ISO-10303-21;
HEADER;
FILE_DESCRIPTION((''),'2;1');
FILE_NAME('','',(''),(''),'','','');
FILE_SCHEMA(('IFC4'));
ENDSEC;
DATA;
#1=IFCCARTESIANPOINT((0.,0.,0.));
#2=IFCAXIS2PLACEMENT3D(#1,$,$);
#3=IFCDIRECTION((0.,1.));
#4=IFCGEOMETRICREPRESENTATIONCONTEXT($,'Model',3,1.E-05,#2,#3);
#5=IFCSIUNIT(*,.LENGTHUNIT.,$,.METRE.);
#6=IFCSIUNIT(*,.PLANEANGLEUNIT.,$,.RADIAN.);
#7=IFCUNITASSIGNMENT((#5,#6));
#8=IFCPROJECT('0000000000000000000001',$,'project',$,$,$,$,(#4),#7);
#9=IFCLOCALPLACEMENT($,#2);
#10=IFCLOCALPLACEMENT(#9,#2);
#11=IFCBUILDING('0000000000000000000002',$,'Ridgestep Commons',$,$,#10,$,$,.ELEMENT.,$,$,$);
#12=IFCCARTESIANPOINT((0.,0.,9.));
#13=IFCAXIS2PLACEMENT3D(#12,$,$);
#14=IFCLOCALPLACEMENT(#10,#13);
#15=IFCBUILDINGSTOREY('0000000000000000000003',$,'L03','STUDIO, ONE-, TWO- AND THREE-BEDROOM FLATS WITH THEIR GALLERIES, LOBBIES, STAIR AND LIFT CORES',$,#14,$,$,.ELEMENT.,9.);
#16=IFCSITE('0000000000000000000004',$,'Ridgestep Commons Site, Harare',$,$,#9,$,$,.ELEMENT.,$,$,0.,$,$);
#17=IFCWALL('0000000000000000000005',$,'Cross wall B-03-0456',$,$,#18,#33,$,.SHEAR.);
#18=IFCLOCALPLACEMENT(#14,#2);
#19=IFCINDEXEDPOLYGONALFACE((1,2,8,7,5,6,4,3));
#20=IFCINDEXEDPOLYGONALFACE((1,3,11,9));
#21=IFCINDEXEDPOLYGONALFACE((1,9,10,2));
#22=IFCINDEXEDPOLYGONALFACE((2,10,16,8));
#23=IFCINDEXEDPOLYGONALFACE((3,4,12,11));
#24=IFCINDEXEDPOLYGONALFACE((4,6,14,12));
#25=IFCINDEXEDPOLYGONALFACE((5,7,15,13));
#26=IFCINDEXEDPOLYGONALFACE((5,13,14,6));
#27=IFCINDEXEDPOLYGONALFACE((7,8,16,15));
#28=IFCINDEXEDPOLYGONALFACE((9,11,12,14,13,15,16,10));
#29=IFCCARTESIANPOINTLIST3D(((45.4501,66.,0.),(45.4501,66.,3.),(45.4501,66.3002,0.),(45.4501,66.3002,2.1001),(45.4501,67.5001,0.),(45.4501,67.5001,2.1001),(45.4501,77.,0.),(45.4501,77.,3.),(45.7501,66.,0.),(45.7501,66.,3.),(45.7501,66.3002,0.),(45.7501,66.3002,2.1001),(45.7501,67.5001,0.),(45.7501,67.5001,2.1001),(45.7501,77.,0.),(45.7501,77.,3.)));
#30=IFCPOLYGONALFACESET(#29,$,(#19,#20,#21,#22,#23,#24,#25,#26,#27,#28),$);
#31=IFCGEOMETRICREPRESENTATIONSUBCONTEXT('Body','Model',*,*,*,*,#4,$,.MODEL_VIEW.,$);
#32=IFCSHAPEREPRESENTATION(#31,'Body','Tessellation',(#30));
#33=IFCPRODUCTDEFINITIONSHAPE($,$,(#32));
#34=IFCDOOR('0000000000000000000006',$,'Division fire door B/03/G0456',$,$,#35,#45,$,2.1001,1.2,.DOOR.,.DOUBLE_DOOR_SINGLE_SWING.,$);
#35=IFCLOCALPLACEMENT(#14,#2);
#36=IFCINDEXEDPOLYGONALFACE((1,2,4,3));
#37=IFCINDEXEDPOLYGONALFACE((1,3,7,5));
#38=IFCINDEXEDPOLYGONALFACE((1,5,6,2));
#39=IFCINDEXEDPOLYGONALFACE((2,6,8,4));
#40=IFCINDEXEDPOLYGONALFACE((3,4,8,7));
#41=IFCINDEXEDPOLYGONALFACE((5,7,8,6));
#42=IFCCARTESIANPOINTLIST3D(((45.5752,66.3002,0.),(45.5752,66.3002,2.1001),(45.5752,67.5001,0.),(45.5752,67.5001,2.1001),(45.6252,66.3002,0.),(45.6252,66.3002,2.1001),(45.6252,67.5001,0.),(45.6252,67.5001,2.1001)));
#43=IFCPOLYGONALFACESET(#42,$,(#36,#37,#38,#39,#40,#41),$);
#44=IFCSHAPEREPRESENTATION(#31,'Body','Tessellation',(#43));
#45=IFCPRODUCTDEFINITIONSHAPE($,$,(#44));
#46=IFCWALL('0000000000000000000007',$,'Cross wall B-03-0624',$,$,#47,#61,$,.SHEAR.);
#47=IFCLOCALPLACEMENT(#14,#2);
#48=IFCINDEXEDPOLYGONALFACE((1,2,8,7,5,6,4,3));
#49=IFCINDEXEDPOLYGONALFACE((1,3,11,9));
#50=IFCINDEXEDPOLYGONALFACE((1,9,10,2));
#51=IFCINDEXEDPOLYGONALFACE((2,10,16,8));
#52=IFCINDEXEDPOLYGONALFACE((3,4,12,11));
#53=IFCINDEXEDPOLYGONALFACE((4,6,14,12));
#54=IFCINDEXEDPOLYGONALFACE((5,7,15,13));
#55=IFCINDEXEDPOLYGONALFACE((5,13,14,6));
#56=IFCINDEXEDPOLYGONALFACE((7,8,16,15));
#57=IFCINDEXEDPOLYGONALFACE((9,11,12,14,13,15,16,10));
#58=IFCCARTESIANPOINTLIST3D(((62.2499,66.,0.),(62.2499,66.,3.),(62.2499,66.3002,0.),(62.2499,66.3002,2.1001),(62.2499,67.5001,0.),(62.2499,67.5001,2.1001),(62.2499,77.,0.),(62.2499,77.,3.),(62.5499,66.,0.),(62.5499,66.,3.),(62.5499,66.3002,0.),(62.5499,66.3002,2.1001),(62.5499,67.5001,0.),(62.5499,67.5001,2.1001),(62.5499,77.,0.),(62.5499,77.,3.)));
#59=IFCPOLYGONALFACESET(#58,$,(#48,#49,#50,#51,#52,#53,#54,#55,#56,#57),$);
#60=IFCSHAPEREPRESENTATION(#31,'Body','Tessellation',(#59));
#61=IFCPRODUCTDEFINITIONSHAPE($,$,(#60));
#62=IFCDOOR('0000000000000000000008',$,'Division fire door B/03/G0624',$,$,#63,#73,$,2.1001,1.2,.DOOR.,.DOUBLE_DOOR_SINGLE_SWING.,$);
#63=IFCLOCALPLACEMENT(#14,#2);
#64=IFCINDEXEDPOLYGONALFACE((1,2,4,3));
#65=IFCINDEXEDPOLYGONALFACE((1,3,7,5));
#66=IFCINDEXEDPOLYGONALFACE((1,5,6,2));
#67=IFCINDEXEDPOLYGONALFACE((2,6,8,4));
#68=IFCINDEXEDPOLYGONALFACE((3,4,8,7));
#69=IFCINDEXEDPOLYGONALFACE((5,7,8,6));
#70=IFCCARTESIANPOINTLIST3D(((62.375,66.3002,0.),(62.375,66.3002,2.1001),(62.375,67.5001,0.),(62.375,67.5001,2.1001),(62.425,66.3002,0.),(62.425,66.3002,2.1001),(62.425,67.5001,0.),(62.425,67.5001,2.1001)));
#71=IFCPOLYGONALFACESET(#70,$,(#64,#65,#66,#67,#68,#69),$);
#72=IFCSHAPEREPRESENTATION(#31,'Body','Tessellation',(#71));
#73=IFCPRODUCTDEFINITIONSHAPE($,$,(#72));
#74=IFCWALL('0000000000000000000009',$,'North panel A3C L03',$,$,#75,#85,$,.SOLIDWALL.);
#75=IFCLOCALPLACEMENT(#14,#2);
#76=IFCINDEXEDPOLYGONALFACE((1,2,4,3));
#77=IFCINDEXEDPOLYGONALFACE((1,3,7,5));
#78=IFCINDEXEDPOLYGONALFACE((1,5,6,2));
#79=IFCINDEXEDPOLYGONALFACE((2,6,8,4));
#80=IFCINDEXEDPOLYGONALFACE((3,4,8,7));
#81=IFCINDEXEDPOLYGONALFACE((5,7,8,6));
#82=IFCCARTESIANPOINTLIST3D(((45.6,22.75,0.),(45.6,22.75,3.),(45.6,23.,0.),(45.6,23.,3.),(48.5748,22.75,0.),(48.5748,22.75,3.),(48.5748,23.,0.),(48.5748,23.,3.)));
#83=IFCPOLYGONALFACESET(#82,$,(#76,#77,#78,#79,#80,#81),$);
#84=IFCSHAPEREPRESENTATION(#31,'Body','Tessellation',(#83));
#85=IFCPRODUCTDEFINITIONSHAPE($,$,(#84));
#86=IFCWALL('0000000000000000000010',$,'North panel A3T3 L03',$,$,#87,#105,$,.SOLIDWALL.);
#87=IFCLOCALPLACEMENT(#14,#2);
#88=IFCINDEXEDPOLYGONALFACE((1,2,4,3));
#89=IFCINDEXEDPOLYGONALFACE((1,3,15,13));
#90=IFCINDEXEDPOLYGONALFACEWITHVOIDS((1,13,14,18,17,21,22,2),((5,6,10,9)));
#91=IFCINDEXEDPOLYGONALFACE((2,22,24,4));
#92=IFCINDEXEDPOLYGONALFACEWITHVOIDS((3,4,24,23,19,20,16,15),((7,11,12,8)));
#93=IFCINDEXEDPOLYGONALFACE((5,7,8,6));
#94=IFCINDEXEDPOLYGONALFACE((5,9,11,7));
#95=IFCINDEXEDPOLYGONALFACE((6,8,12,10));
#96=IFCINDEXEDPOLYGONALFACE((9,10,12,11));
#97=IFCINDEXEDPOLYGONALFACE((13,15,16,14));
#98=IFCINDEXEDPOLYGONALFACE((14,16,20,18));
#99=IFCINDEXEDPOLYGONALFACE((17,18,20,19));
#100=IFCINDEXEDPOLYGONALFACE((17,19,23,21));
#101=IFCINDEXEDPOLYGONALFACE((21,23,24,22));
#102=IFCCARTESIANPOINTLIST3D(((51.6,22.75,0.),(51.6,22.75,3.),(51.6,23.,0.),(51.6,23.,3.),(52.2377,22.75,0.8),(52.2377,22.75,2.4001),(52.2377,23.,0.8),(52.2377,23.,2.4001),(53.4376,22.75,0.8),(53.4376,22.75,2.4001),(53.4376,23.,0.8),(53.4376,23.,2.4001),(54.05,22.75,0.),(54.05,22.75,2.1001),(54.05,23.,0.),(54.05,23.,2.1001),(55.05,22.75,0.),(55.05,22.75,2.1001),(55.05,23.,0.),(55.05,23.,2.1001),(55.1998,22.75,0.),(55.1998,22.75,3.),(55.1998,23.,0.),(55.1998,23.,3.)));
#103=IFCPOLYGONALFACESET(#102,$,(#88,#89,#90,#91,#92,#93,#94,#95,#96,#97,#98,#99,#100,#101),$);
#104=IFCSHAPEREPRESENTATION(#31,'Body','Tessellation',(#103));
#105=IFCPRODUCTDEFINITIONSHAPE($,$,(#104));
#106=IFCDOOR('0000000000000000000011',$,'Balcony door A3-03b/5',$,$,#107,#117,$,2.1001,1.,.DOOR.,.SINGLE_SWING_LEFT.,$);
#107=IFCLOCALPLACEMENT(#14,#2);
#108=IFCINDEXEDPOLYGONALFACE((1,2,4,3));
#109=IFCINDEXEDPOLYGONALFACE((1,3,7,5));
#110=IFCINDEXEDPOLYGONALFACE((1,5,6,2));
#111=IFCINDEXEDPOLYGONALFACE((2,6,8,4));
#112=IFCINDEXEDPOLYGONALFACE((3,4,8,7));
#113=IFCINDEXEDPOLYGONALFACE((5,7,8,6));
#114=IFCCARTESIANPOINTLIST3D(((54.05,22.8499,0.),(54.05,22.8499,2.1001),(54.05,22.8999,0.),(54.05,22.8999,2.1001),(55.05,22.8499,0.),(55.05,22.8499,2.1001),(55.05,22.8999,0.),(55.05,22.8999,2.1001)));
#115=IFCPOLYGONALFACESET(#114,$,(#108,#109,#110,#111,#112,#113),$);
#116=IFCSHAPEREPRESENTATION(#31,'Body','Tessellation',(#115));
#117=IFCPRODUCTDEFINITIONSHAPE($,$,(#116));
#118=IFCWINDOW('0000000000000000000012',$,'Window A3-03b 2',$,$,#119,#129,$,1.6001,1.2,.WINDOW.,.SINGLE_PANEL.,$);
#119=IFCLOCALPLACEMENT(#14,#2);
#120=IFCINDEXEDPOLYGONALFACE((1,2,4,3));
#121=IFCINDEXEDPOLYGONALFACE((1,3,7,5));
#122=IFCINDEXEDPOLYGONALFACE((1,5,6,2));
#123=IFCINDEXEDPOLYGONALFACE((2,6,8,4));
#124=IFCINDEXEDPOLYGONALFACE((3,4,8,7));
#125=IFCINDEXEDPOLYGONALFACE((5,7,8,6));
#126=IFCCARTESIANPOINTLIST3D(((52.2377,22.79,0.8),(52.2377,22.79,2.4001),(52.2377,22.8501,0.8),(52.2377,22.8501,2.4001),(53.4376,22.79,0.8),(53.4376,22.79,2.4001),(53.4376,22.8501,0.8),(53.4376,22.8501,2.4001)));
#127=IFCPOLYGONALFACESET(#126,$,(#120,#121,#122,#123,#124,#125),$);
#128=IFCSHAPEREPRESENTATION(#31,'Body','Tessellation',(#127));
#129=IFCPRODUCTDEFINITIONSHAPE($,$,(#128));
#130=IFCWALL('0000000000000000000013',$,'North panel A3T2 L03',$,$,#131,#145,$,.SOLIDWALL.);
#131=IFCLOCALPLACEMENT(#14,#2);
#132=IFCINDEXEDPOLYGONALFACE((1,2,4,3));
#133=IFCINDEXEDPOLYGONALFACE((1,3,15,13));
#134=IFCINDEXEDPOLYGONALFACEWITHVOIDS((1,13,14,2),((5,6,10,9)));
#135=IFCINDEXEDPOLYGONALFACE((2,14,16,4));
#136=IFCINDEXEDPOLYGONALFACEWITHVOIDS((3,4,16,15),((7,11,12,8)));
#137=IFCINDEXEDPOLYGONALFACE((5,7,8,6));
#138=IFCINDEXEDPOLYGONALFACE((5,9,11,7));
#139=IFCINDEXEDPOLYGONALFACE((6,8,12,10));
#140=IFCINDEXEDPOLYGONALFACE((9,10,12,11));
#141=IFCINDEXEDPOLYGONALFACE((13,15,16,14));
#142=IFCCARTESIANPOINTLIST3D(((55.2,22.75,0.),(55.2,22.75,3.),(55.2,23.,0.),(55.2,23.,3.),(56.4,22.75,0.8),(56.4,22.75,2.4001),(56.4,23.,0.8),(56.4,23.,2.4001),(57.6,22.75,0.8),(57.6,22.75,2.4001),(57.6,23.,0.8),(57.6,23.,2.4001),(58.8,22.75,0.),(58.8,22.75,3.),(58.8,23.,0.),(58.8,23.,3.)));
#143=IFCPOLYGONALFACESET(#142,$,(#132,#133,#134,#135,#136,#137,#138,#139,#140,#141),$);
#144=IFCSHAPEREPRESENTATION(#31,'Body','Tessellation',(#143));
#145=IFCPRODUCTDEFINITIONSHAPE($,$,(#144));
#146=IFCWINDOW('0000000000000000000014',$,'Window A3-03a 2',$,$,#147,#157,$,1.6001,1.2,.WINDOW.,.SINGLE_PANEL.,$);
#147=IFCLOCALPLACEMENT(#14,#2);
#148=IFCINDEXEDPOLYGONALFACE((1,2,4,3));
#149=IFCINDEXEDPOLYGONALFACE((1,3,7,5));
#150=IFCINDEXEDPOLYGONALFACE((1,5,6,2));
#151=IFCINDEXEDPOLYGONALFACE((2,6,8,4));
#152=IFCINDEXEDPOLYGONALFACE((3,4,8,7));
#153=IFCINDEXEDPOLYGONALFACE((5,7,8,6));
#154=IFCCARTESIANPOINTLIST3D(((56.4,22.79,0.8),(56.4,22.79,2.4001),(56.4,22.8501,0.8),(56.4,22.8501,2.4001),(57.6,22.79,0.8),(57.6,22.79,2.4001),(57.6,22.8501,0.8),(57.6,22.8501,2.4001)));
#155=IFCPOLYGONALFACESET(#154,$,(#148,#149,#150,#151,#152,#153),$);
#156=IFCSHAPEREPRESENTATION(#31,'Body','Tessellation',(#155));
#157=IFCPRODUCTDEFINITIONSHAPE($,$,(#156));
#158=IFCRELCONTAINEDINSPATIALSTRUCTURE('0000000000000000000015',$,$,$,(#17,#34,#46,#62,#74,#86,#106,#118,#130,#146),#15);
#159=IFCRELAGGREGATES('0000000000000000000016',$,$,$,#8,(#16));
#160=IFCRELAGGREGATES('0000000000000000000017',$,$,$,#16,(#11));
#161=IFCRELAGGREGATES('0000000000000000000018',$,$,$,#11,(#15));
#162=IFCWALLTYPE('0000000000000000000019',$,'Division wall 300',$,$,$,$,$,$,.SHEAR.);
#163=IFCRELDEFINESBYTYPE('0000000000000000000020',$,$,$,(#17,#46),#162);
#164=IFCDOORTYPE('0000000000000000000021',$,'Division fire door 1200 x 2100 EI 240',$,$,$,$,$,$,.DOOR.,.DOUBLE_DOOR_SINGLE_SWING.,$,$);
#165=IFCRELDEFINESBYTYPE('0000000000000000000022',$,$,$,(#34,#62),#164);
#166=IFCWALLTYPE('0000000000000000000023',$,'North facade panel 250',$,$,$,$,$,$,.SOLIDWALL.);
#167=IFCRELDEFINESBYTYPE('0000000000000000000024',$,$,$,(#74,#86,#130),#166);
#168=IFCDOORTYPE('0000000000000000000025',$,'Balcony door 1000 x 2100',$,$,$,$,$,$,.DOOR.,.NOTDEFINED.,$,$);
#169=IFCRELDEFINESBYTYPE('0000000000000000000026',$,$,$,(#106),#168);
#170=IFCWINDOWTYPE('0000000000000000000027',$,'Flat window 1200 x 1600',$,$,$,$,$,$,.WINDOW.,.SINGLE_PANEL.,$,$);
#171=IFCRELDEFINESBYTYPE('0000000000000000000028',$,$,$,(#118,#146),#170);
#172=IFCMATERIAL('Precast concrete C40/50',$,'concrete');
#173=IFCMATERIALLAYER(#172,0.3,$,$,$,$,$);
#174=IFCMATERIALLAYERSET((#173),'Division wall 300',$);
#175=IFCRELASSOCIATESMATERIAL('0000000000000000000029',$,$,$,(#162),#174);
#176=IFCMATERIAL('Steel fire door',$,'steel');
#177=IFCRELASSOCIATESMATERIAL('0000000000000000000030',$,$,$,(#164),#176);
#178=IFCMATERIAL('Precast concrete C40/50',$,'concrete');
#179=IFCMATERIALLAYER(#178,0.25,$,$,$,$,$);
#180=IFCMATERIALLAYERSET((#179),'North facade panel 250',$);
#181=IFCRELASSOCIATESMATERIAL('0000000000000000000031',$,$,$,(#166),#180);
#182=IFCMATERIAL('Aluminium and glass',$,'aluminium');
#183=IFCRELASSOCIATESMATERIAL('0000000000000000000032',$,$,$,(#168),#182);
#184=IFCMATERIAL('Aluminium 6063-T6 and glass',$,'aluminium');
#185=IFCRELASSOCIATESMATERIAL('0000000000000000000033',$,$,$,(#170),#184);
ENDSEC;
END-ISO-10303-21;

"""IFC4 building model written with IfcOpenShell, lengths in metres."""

from ifc_helpers import new_model, si_unit, direction, frame, frame_2d, origin, place, context, subcontext, project, spatial, rectangle, extrude, material, layer, layer_set, type_object, element, fill, save


model = new_model("IFC4")

# Units and contexts
model_context = context("Model", 3, precision=1e-05, world=origin(), true_north=direction((0.0, 1.0)))
body_context = subcontext(model_context, "Body", "Model", "MODEL_VIEW")
ifc_project = project(units=[si_unit("LENGTHUNIT", "METRE"), si_unit("PLANEANGLEUNIT", "RADIAN")], contexts=[model_context])

# Site, building, storey
site_placement = place(None, origin())
site = spatial("IfcSite", under=ifc_project, at=site_placement, Name="Ridgestep Commons Site, Harare", CompositionType="ELEMENT", RefElevation=0.0)
building_placement = place(site_placement, origin())
building = spatial("IfcBuilding", under=site, at=building_placement, Name="Ridgestep Commons", CompositionType="ELEMENT")
storey_placement = place(building_placement, frame((0.0, 0.0, 9.0)))
storey = spatial("IfcBuildingStorey", under=building, at=storey_placement, Name="L03", Description="STUDIO, ONE-, TWO- AND THREE-BEDROOM FLATS WITH THEIR GALLERIES, LOBBIES, STAIR AND LIFT CORES", CompositionType="ELEMENT", Elevation=9.0)

# Walls, openings, doors
ifc_material_1 = material(Name="Precast concrete C40/50", Category="concrete")
ifc_layer_1 = layer(ifc_material_1, 0.3)
ifc_layer_set_1 = layer_set([ifc_layer_1], Name="Division wall 300")
wall_type_1 = type_object("IfcWallType", Name="Division wall 300", PredefinedType="SHEAR", material=ifc_layer_set_1)
wall_1_placement = place(storey_placement, frame((45.6001, 66.0, 0.0), z_axis=(0.0, 0.0, 1.0), x_axis=(0.0, 1.0, 0.0)))
wall_1 = element("IfcWall", 1, at=wall_1_placement, inside=storey, type_object=wall_type_1, Name="Cross wall B-03-0456", PredefinedType="SHEAR", context=body_context, shape_type="SweptSolid", body=[
    extrude(rectangle(XDim=11.0, YDim=0.3, at=frame_2d((5.5, 0.0))), origin(), (0.0, 0.0, 1.0), 3.0),
])
opening_1_placement = place(wall_1_placement, frame((0.3, 0.0, 0.0)))
opening_1 = element("IfcOpeningElement", 2, at=opening_1_placement, cuts=wall_1, PredefinedType="OPENING", context=body_context, shape_type="SweptSolid", body=[
    extrude(rectangle(XDim=1.2, YDim=2.1001, at=frame_2d((0.6001, 1.05))), frame((0.0, 0.1599, 0.0), z_axis=(0.0, -1.0, 0.0), x_axis=(1.0, 0.0, 0.0)), (0.0, 0.0, 1.0), 0.3201),
])
ifc_material_2 = material(Name="Steel fire door", Category="steel")
door_type_1 = type_object("IfcDoorType", Name="Division fire door 1200 x 2100 EI 240", OperationType="DOUBLE_DOOR_SINGLE_SWING", PredefinedType="DOOR", material=ifc_material_2)
door_1_placement = place(opening_1_placement, origin())
door_1 = element("IfcDoor", 3, at=door_1_placement, inside=storey, type_object=door_type_1, Name="Division fire door B/03/G0456", OperationType="DOUBLE_DOOR_SINGLE_SWING", OverallHeight=2.1001, OverallWidth=1.2, PredefinedType="DOOR", context=body_context, shape_type="SweptSolid", body=[
    extrude(rectangle(XDim=1.2, YDim=2.1001, at=frame_2d((0.6001, 1.05))), frame((0.0, 0.0249, 0.0), z_axis=(0.0, -1.0, 0.0), x_axis=(1.0, 0.0, 0.0)), (0.0, 0.0, 1.0), 0.05),
])
fill(opening_1, door_1)
wall_2_placement = place(storey_placement, frame((62.3999, 66.0, 0.0), z_axis=(0.0, 0.0, 1.0), x_axis=(0.0, 1.0, 0.0)))
wall_2 = element("IfcWall", 4, at=wall_2_placement, inside=storey, type_object=wall_type_1, Name="Cross wall B-03-0624", PredefinedType="SHEAR", context=body_context, shape_type="SweptSolid", body=[
    extrude(rectangle(XDim=11.0, YDim=0.3, at=frame_2d((5.5, 0.0))), origin(), (0.0, 0.0, 1.0), 3.0),
])
opening_2_placement = place(wall_2_placement, frame((0.3, 0.0, 0.0)))
opening_2 = element("IfcOpeningElement", 5, at=opening_2_placement, cuts=wall_2, PredefinedType="OPENING", context=body_context, shape_type="SweptSolid", body=[
    extrude(rectangle(XDim=1.2, YDim=2.1001, at=frame_2d((0.6001, 1.05))), frame((0.0, 0.1599, 0.0), z_axis=(0.0, -1.0, 0.0), x_axis=(1.0, 0.0, 0.0)), (0.0, 0.0, 1.0), 0.3201),
])
door_2_placement = place(opening_2_placement, origin())
door_2 = element("IfcDoor", 6, at=door_2_placement, inside=storey, type_object=door_type_1, Name="Division fire door B/03/G0624", OperationType="DOUBLE_DOOR_SINGLE_SWING", OverallHeight=2.1001, OverallWidth=1.2, PredefinedType="DOOR", context=body_context, shape_type="SweptSolid", body=[
    extrude(rectangle(XDim=1.2, YDim=2.1001, at=frame_2d((0.6001, 1.05))), frame((0.0, 0.0249, 0.0), z_axis=(0.0, -1.0, 0.0), x_axis=(1.0, 0.0, 0.0)), (0.0, 0.0, 1.0), 0.05),
])
fill(opening_2, door_2)

# Wall
ifc_material_3 = material(Name="Precast concrete C40/50", Category="concrete")
ifc_layer_2 = layer(ifc_material_3, 0.25)
ifc_layer_set_2 = layer_set([ifc_layer_2], Name="North facade panel 250")
wall_type_2 = type_object("IfcWallType", Name="North facade panel 250", PredefinedType="SOLIDWALL", material=ifc_layer_set_2)
wall_3_placement = place(storey_placement, frame((45.6001, 22.875, 0.0), z_axis=(0.0, 0.0, 1.0), x_axis=(1.0, 0.0, 0.0)))
element("IfcWall", 7, at=wall_3_placement, inside=storey, type_object=wall_type_2, Name="North panel A3C L03", PredefinedType="SOLIDWALL", context=body_context, shape_type="SweptSolid", body=[
    extrude(rectangle(XDim=2.9749, YDim=0.25, at=frame_2d((1.4873, 0.0))), origin(), (0.0, 0.0, 1.0), 3.0),
])

# Wall, openings, door, window
wall_4_placement = place(storey_placement, frame((51.6001, 22.875, 0.0), z_axis=(0.0, 0.0, 1.0), x_axis=(1.0, 0.0, 0.0)))
wall_4 = element("IfcWall", 8, at=wall_4_placement, inside=storey, type_object=wall_type_2, Name="North panel A3T3 L03", PredefinedType="SOLIDWALL", context=body_context, shape_type="SweptSolid", body=[
    extrude(rectangle(XDim=3.5999, YDim=0.25, at=frame_2d((1.7998, 0.0))), origin(), (0.0, 0.0, 1.0), 3.0),
])
opening_3_placement = place(wall_4_placement, frame((0.6375, 0.0, 0.8)))
opening_3 = element("IfcOpeningElement", 9, at=opening_3_placement, cuts=wall_4, PredefinedType="OPENING", context=body_context, shape_type="SweptSolid", body=[
    extrude(rectangle(XDim=1.2, YDim=1.6001, at=frame_2d((0.6001, 0.8))), frame((0.0, 0.135, 0.0), z_axis=(0.0, -1.0, 0.0), x_axis=(1.0, 0.0, 0.0)), (0.0, 0.0, 1.0), 0.27),
])
opening_4_placement = place(wall_4_placement, frame((2.45, 0.0, 0.0)))
opening_4 = element("IfcOpeningElement", 10, at=opening_4_placement, cuts=wall_4, PredefinedType="OPENING", context=body_context, shape_type="SweptSolid", body=[
    extrude(rectangle(XDim=1.0, YDim=2.1001, at=frame_2d((0.5, 1.05))), frame((0.0, 0.135, 0.0), z_axis=(0.0, -1.0, 0.0), x_axis=(1.0, 0.0, 0.0)), (0.0, 0.0, 1.0), 0.27),
])
ifc_material_4 = material(Name="Aluminium and glass", Category="aluminium")
door_type_2 = type_object("IfcDoorType", Name="Balcony door 1000 x 2100", OperationType="NOTDEFINED", PredefinedType="DOOR", material=ifc_material_4)
door_3_placement = place(opening_4_placement, origin())
door_3 = element("IfcDoor", 11, at=door_3_placement, inside=storey, type_object=door_type_2, Name="Balcony door A3-03b/5", OperationType="SINGLE_SWING_LEFT", OverallHeight=2.1001, OverallWidth=1.0, PredefinedType="DOOR", context=body_context, shape_type="SweptSolid", body=[
    extrude(rectangle(XDim=1.0, YDim=2.1001, at=frame_2d((0.5, 1.05))), frame((0.0, 0.0249, 0.0), z_axis=(0.0, -1.0, 0.0), x_axis=(1.0, 0.0, 0.0)), (0.0, 0.0, 1.0), 0.05),
])
fill(opening_4, door_3)
ifc_material_5 = material(Name="Aluminium 6063-T6 and glass", Category="aluminium")
window_type = type_object("IfcWindowType", Name="Flat window 1200 x 1600", PartitioningType="SINGLE_PANEL", PredefinedType="WINDOW", material=ifc_material_5)
window_1_placement = place(opening_3_placement, origin())
window_1 = element("IfcWindow", 12, at=window_1_placement, inside=storey, type_object=window_type, Name="Window A3-03b 2", OverallHeight=1.6001, OverallWidth=1.2, PartitioningType="SINGLE_PANEL", PredefinedType="WINDOW", context=body_context, shape_type="SweptSolid", body=[
    extrude(rectangle(XDim=1.2, YDim=1.6001, at=frame_2d((0.6001, 0.8))), frame((0.0, -0.0249, 0.0), z_axis=(0.0, -1.0, 0.0), x_axis=(1.0, 0.0, 0.0)), (0.0, 0.0, 1.0), 0.0601),
])
fill(opening_3, window_1)

# Wall, opening, window
wall_5_placement = place(storey_placement, frame((55.2, 22.875, 0.0), z_axis=(0.0, 0.0, 1.0), x_axis=(1.0, 0.0, 0.0)))
wall_5 = element("IfcWall", 13, at=wall_5_placement, inside=storey, type_object=wall_type_2, Name="North panel A3T2 L03", PredefinedType="SOLIDWALL", context=body_context, shape_type="SweptSolid", body=[
    extrude(rectangle(XDim=3.6001, YDim=0.25, at=frame_2d((1.8, 0.0))), origin(), (0.0, 0.0, 1.0), 3.0),
])
opening_5_placement = place(wall_5_placement, frame((1.2, 0.0, 0.8)))
opening_5 = element("IfcOpeningElement", 14, at=opening_5_placement, cuts=wall_5, PredefinedType="OPENING", context=body_context, shape_type="SweptSolid", body=[
    extrude(rectangle(XDim=1.2, YDim=1.6001, at=frame_2d((0.6001, 0.8))), frame((0.0, 0.135, 0.0), z_axis=(0.0, -1.0, 0.0), x_axis=(1.0, 0.0, 0.0)), (0.0, 0.0, 1.0), 0.27),
])
window_2_placement = place(opening_5_placement, origin())
window_2 = element("IfcWindow", 15, at=window_2_placement, inside=storey, type_object=window_type, Name="Window A3-03a 2", OverallHeight=1.6001, OverallWidth=1.2, PartitioningType="SINGLE_PANEL", PredefinedType="WINDOW", context=body_context, shape_type="SweptSolid", body=[
    extrude(rectangle(XDim=1.2, YDim=1.6001, at=frame_2d((0.6001, 0.8))), frame((0.0, -0.0249, 0.0), z_axis=(0.0, -1.0, 0.0), x_axis=(1.0, 0.0, 0.0)), (0.0, 0.0, 1.0), 0.0601),
])
fill(opening_5, window_2)

save(model, "model.ifc")
